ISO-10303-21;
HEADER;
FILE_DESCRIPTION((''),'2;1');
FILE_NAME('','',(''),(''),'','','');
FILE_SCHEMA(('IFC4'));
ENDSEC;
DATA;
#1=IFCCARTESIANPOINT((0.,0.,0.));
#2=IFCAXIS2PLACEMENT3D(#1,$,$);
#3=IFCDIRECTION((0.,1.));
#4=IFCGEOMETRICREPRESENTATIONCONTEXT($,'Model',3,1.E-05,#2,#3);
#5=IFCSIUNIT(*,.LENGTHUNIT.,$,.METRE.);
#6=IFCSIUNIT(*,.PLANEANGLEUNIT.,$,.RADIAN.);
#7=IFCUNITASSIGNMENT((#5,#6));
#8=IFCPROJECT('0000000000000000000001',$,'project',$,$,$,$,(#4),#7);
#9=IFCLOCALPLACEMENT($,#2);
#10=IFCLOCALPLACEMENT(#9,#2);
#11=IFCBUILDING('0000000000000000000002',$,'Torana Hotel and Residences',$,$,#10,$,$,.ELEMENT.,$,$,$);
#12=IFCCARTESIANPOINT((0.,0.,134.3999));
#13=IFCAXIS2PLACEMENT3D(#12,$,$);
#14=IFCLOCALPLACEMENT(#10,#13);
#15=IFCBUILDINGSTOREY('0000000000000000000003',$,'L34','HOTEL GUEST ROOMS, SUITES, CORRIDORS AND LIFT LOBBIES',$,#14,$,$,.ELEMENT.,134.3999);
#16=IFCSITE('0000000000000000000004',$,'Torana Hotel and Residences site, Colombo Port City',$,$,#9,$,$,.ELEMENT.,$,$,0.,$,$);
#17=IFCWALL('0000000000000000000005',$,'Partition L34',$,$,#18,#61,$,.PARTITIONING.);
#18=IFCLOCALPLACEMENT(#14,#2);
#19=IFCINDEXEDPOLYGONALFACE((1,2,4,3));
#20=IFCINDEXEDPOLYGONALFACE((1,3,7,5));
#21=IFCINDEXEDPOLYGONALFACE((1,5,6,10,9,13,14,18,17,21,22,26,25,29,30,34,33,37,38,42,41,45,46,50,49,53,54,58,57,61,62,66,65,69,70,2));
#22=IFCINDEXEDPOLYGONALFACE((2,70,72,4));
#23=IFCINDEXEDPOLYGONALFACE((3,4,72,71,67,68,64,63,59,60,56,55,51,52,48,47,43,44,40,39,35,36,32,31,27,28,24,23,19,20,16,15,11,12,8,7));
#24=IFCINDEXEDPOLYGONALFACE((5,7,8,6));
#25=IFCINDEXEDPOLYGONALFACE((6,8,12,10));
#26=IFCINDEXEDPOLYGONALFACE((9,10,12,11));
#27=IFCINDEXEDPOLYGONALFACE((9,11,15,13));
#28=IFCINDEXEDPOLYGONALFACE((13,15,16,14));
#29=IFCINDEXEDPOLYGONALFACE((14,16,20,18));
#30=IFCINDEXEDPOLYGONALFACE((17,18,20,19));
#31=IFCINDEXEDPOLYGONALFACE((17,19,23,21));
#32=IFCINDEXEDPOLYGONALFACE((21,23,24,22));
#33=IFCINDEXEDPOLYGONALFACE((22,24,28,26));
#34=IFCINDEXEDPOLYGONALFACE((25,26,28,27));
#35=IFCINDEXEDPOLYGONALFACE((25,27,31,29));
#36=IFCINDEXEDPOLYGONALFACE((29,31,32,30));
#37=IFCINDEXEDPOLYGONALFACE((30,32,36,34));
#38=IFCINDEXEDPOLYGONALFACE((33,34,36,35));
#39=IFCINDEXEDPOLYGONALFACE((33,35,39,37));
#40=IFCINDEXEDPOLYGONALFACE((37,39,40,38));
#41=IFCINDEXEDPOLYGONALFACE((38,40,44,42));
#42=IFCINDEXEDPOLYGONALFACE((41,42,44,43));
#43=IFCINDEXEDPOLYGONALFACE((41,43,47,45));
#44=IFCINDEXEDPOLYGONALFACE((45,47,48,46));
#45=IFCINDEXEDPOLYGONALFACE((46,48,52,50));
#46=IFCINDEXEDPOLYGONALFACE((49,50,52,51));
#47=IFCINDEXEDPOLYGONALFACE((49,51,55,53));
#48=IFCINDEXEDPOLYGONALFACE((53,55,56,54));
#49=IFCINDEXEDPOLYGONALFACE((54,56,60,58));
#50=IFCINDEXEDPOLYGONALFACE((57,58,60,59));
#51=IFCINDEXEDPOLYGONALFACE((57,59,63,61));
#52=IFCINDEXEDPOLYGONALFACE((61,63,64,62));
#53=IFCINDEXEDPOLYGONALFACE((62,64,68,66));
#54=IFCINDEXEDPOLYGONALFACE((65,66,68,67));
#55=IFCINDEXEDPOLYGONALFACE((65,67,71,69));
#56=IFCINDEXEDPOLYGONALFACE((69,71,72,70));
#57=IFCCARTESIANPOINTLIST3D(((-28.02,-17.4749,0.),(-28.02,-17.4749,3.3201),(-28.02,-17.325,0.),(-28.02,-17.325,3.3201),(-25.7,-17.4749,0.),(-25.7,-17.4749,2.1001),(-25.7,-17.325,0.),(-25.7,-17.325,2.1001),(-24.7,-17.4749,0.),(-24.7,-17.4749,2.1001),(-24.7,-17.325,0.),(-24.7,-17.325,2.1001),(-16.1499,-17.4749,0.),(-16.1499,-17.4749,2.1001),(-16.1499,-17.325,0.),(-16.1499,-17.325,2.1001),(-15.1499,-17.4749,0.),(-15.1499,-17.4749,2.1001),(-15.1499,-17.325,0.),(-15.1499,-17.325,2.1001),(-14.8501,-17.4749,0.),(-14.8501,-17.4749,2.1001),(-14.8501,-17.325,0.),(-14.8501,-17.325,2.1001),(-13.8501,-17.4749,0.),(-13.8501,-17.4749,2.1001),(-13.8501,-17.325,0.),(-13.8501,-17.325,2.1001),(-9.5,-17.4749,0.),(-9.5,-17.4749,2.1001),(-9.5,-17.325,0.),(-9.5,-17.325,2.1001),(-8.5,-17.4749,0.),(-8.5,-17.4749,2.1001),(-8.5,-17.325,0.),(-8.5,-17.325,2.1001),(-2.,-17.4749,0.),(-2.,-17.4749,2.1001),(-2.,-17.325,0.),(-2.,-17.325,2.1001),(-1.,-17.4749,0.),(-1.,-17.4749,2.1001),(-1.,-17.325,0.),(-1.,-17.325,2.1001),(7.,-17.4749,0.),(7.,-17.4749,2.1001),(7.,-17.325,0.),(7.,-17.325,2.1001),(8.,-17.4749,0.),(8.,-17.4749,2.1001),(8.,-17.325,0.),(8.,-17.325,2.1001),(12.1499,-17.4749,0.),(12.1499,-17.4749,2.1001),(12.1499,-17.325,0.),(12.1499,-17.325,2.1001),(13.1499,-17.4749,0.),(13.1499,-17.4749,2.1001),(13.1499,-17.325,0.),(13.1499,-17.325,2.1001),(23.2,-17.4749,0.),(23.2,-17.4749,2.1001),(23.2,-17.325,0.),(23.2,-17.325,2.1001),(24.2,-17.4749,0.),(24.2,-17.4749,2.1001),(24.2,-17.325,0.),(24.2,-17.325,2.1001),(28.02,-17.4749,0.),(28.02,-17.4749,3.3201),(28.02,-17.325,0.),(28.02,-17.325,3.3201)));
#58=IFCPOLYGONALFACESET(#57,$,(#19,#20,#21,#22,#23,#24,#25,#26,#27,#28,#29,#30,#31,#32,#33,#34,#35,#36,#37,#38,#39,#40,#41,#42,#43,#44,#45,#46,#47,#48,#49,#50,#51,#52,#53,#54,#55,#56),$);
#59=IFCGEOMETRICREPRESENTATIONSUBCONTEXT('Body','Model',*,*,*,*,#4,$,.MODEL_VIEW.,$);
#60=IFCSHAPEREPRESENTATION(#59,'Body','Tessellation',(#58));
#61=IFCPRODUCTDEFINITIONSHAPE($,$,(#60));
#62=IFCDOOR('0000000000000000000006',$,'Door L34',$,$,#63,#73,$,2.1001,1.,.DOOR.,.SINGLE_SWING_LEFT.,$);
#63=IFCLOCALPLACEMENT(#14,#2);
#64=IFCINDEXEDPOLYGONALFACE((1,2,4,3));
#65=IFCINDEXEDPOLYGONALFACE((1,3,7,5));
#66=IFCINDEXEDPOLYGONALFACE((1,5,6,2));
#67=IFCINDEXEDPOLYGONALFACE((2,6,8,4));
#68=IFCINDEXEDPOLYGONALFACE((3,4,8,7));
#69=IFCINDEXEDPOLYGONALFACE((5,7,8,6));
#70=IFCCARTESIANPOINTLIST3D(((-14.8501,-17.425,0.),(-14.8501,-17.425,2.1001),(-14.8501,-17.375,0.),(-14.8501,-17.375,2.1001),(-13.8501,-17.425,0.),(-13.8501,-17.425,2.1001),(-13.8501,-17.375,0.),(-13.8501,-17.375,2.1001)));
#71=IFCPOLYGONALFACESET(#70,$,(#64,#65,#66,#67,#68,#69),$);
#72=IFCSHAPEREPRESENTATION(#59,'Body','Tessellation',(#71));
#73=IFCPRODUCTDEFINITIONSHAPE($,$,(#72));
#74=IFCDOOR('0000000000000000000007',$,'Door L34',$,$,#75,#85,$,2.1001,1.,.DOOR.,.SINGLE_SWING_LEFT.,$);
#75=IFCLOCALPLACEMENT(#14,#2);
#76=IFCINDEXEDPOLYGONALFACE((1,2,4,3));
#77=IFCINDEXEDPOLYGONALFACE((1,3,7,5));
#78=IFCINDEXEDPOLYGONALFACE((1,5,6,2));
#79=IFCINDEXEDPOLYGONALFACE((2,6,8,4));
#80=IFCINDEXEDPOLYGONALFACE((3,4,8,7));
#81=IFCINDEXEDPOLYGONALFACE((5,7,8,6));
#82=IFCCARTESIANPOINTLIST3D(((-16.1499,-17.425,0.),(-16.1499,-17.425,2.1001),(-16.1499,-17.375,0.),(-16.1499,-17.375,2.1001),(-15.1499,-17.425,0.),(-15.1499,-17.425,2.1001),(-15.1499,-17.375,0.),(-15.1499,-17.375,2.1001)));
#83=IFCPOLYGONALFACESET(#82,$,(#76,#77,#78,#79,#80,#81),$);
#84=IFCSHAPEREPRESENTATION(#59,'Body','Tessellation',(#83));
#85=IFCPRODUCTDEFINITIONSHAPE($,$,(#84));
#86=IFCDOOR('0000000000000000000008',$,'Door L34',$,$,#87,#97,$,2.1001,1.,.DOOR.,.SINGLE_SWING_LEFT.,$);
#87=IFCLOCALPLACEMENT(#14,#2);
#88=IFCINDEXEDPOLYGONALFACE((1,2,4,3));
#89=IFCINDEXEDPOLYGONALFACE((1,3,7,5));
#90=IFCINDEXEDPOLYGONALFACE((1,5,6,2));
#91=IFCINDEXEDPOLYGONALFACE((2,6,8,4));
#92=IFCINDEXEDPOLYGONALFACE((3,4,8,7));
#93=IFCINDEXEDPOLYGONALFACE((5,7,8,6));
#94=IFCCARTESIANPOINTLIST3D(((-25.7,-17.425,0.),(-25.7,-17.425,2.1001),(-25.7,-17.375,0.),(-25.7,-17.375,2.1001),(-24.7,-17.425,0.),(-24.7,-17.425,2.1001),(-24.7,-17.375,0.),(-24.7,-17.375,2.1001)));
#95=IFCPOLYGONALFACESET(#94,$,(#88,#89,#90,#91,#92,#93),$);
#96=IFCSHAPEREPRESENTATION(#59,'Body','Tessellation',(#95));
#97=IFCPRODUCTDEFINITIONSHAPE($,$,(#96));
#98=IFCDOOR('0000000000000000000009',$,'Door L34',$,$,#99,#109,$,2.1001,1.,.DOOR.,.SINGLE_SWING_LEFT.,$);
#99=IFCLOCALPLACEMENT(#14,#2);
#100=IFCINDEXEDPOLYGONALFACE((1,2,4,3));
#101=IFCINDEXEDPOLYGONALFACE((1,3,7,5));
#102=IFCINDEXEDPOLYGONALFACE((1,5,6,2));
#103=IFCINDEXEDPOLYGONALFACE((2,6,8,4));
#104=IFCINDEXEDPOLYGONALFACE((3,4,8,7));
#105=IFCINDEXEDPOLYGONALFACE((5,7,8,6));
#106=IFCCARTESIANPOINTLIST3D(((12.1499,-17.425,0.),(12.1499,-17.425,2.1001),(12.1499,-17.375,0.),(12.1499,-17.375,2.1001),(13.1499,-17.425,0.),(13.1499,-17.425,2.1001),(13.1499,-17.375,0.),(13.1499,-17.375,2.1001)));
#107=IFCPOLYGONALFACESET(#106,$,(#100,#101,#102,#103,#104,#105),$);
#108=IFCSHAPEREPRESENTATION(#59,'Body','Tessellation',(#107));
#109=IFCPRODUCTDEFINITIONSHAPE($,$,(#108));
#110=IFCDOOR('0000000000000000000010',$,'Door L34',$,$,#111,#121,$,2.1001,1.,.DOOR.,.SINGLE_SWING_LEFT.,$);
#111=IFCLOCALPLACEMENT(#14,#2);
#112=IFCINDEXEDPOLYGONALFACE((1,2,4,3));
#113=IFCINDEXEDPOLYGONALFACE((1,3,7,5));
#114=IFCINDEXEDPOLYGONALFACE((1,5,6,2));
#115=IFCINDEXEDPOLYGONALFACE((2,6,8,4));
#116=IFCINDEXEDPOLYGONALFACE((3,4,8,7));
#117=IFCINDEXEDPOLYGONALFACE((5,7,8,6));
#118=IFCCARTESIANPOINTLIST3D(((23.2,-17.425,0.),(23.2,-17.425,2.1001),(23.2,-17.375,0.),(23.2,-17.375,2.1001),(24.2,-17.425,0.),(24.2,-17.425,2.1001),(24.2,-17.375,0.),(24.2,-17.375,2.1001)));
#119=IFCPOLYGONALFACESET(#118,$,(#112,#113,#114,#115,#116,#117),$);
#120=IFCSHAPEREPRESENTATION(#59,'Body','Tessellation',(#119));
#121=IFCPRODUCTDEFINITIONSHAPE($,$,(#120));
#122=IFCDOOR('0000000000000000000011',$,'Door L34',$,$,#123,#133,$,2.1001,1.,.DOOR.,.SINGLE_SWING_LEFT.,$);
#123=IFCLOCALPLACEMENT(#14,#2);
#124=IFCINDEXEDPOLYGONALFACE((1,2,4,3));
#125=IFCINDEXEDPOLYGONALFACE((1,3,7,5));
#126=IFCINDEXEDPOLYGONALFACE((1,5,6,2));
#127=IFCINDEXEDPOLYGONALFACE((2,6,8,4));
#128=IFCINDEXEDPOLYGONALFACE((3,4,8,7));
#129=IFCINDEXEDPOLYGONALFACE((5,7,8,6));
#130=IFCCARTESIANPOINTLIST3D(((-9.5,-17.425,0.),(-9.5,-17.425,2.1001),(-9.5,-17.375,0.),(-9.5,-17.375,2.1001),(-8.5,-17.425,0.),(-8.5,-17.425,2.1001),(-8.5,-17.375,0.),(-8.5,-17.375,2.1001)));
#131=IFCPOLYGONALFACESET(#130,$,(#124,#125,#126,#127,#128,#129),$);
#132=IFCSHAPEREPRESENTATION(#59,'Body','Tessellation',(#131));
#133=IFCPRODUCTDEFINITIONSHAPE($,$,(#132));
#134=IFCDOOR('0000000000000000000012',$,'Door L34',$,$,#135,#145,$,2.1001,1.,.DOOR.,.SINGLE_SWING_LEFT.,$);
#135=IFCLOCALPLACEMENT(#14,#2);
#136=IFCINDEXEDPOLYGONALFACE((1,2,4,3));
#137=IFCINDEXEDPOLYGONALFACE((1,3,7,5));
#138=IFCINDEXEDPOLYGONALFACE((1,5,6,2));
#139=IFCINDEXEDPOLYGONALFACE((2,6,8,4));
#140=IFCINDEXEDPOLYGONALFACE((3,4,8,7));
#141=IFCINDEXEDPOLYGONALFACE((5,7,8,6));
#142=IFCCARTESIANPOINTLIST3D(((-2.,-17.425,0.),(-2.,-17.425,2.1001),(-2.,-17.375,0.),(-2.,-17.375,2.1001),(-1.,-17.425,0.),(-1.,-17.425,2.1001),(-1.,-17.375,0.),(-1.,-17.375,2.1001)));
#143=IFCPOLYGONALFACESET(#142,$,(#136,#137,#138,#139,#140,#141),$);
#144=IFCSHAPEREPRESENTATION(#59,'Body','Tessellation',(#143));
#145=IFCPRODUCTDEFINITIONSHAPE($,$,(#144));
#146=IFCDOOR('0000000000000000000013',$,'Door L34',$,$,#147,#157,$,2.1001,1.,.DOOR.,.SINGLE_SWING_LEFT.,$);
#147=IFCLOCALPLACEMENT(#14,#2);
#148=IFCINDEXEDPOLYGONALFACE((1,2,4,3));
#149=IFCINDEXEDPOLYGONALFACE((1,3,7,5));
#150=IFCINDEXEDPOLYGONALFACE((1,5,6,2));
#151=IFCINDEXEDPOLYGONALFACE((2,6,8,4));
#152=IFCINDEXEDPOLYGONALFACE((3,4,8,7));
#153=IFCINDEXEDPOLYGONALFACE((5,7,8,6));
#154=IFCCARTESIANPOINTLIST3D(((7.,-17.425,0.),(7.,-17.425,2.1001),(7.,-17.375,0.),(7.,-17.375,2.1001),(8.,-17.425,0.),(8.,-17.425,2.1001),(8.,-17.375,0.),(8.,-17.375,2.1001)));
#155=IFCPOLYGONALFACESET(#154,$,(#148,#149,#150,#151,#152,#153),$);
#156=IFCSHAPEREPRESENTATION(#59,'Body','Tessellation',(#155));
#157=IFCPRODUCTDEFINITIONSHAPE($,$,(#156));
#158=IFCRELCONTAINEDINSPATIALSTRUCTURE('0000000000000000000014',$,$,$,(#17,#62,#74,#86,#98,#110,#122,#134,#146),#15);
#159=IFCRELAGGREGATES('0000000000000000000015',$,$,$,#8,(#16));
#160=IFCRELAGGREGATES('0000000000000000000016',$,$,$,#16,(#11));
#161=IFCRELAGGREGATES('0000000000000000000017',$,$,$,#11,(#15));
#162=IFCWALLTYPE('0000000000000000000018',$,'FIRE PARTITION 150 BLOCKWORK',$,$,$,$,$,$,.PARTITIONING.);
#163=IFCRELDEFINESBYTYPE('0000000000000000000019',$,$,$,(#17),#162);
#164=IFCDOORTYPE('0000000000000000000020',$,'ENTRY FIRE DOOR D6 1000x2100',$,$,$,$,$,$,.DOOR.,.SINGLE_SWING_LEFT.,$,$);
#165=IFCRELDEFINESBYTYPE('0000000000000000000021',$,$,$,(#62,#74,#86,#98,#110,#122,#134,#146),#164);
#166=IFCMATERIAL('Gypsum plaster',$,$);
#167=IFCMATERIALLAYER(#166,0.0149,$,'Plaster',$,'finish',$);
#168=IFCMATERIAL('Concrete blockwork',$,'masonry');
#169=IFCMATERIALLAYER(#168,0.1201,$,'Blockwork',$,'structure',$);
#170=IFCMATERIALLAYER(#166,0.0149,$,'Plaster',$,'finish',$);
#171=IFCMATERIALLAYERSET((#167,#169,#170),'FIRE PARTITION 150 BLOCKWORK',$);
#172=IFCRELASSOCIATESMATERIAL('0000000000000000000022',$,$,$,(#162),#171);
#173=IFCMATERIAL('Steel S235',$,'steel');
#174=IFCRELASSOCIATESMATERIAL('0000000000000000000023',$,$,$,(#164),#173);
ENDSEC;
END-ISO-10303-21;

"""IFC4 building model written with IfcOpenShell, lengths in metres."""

from ifc_helpers import new_model, si_unit, direction, frame, frame_2d, origin, place, context, subcontext, project, spatial, rectangle, extrude, material, layer, layer_set, type_object, element, fill, save


model = new_model("IFC4")

# Units and contexts
model_context = context("Model", 3, precision=1e-05, world=origin(), true_north=direction((0.0, 1.0)))
body_context = subcontext(model_context, "Body", "Model", "MODEL_VIEW")
ifc_project = project(units=[si_unit("LENGTHUNIT", "METRE"), si_unit("PLANEANGLEUNIT", "RADIAN")], contexts=[model_context])

# Site, building, storey
site_placement = place(None, origin())
site = spatial("IfcSite", under=ifc_project, at=site_placement, Name="Torana Hotel and Residences site, Colombo Port City", CompositionType="ELEMENT", RefElevation=0.0)
building_placement = place(site_placement, origin())
building = spatial("IfcBuilding", under=site, at=building_placement, Name="Torana Hotel and Residences", CompositionType="ELEMENT")
storey_placement = place(building_placement, frame((0.0, 0.0, 134.3999)))
storey = spatial("IfcBuildingStorey", under=building, at=storey_placement, Name="L34", Description="HOTEL GUEST ROOMS, SUITES, CORRIDORS AND LIFT LOBBIES", CompositionType="ELEMENT", Elevation=134.3999)

# Wall, openings, doors
ifc_material_1 = material(Name="Gypsum plaster")
ifc_layer_1 = layer(ifc_material_1, 0.0149, Name="Plaster", Category="finish")
ifc_material_2 = material(Name="Concrete blockwork", Category="masonry")
ifc_layer_2 = layer(ifc_material_2, 0.1201, Name="Blockwork", Category="structure")
ifc_layer_3 = layer(ifc_material_1, 0.0149, Name="Plaster", Category="finish")
ifc_layer_set_1 = layer_set([ifc_layer_1, ifc_layer_2, ifc_layer_3], Name="FIRE PARTITION 150 BLOCKWORK")
wall_type_1 = type_object("IfcWallType", Name="FIRE PARTITION 150 BLOCKWORK", PredefinedType="PARTITIONING", material=ifc_layer_set_1)
wall_1_placement = place(storey_placement, frame((-28.02, -17.3999, 0.0), z_axis=(0.0, 0.0, 1.0), x_axis=(1.0, 0.0, 0.0)))
wall_1 = element("IfcWall", 1, at=wall_1_placement, inside=storey, type_object=wall_type_1, Name="Partition L34", PredefinedType="PARTITIONING", context=body_context, shape_type="SweptSolid", body=[
    extrude(rectangle(XDim=56.04, YDim=0.1499, at=frame_2d((28.02, 0.0))), origin(), (0.0, 0.0, 1.0), 3.3201),
])
opening_1_placement = place(wall_1_placement, frame((13.1699, 0.0, 0.0)))
opening_1 = element("IfcOpeningElement", 2, at=opening_1_placement, cuts=wall_1, PredefinedType="OPENING", context=body_context, shape_type="SweptSolid", body=[
    extrude(rectangle(XDim=1.0, YDim=2.1001, at=frame_2d((0.5, 1.05))), frame((0.0, 0.085, 0.0), z_axis=(0.0, -1.0, 0.0), x_axis=(1.0, 0.0, 0.0)), (0.0, 0.0, 1.0), 0.1699),
])
opening_2_placement = place(wall_1_placement, frame((11.8701, 0.0, 0.0)))
opening_2 = element("IfcOpeningElement", 3, at=opening_2_placement, cuts=wall_1, PredefinedType="OPENING", context=body_context, shape_type="SweptSolid", body=[
    extrude(rectangle(XDim=1.0, YDim=2.1001, at=frame_2d((0.5, 1.05))), frame((0.0, 0.085, 0.0), z_axis=(0.0, -1.0, 0.0), x_axis=(1.0, 0.0, 0.0)), (0.0, 0.0, 1.0), 0.1699),
])
opening_3_placement = place(wall_1_placement, frame((2.3201, 0.0, 0.0)))
opening_3 = element("IfcOpeningElement", 4, at=opening_3_placement, cuts=wall_1, PredefinedType="OPENING", context=body_context, shape_type="SweptSolid", body=[
    extrude(rectangle(XDim=1.0, YDim=2.1001, at=frame_2d((0.5, 1.05))), frame((0.0, 0.085, 0.0), z_axis=(0.0, -1.0, 0.0), x_axis=(1.0, 0.0, 0.0)), (0.0, 0.0, 1.0), 0.1699),
])
opening_4_placement = place(wall_1_placement, frame((40.1699, 0.0, 0.0)))
opening_4 = element("IfcOpeningElement", 5, at=opening_4_placement, cuts=wall_1, PredefinedType="OPENING", context=body_context, shape_type="SweptSolid", body=[
    extrude(rectangle(XDim=1.0, YDim=2.1001, at=frame_2d((0.5, 1.05))), frame((0.0, 0.085, 0.0), z_axis=(0.0, -1.0, 0.0), x_axis=(1.0, 0.0, 0.0)), (0.0, 0.0, 1.0), 0.1699),
])
opening_5_placement = place(wall_1_placement, frame((51.22, 0.0, 0.0)))
opening_5 = element("IfcOpeningElement", 6, at=opening_5_placement, cuts=wall_1, PredefinedType="OPENING", context=body_context, shape_type="SweptSolid", body=[
    extrude(rectangle(XDim=1.0, YDim=2.1001, at=frame_2d((0.5, 1.05))), frame((0.0, 0.085, 0.0), z_axis=(0.0, -1.0, 0.0), x_axis=(1.0, 0.0, 0.0)), (0.0, 0.0, 1.0), 0.1699),
])
opening_6_placement = place(wall_1_placement, frame((18.52, 0.0, 0.0)))
opening_6 = element("IfcOpeningElement", 7, at=opening_6_placement, cuts=wall_1, PredefinedType="OPENING", context=body_context, shape_type="SweptSolid", body=[
    extrude(rectangle(XDim=1.0, YDim=2.1001, at=frame_2d((0.5, 1.05))), frame((0.0, 0.085, 0.0), z_axis=(0.0, -1.0, 0.0), x_axis=(1.0, 0.0, 0.0)), (0.0, 0.0, 1.0), 0.1699),
])
opening_7_placement = place(wall_1_placement, frame((26.02, 0.0, 0.0)))
opening_7 = element("IfcOpeningElement", 8, at=opening_7_placement, cuts=wall_1, PredefinedType="OPENING", context=body_context, shape_type="SweptSolid", body=[
    extrude(rectangle(XDim=1.0, YDim=2.1001, at=frame_2d((0.5, 1.05))), frame((0.0, 0.085, 0.0), z_axis=(0.0, -1.0, 0.0), x_axis=(1.0, 0.0, 0.0)), (0.0, 0.0, 1.0), 0.1699),
])
opening_8_placement = place(wall_1_placement, frame((35.02, 0.0, 0.0)))
opening_8 = element("IfcOpeningElement", 9, at=opening_8_placement, cuts=wall_1, PredefinedType="OPENING", context=body_context, shape_type="SweptSolid", body=[
    extrude(rectangle(XDim=1.0, YDim=2.1001, at=frame_2d((0.5, 1.05))), frame((0.0, 0.085, 0.0), z_axis=(0.0, -1.0, 0.0), x_axis=(1.0, 0.0, 0.0)), (0.0, 0.0, 1.0), 0.1699),
])
ifc_material_3 = material(Name="Steel S235", Category="steel")
door_type_1 = type_object("IfcDoorType", Name="ENTRY FIRE DOOR D6 1000x2100", OperationType="SINGLE_SWING_LEFT", PredefinedType="DOOR", material=ifc_material_3)
door_1_placement = place(opening_1_placement, frame((0.5, 0.0, 0.0), z_axis=(0.0, 0.0, 1.0), x_axis=(-1.0, 0.0, 0.0)))
door_1 = element("IfcDoor", 10, at=door_1_placement, inside=storey, type_object=door_type_1, Name="Door L34", OperationType="SINGLE_SWING_LEFT", OverallHeight=2.1001, OverallWidth=1.0, PredefinedType="DOOR", context=body_context, shape_type="SweptSolid", body=[
    extrude(rectangle(XDim=1.0, YDim=2.1001, at=frame_2d((0.0, 1.05))), frame((0.0, -0.0249, 0.0), z_axis=(0.0, 1.0, 0.0), x_axis=(-1.0, 0.0, 0.0)), (0.0, 0.0, 1.0), 0.05),
])
fill(opening_1, door_1)
door_2_placement = place(opening_2_placement, frame((0.5, 0.0, 0.0), z_axis=(0.0, 0.0, 1.0), x_axis=(-1.0, 0.0, 0.0)))
door_2 = element("IfcDoor", 11, at=door_2_placement, inside=storey, type_object=door_type_1, Name="Door L34", OperationType="SINGLE_SWING_LEFT", OverallHeight=2.1001, OverallWidth=1.0, PredefinedType="DOOR", context=body_context, shape_type="SweptSolid", body=[
    extrude(rectangle(XDim=1.0, YDim=2.1001, at=frame_2d((0.0, 1.05))), frame((0.0, -0.0249, 0.0), z_axis=(0.0, 1.0, 0.0), x_axis=(-1.0, 0.0, 0.0)), (0.0, 0.0, 1.0), 0.05),
])
fill(opening_2, door_2)
door_3_placement = place(opening_3_placement, frame((0.5, 0.0, 0.0), z_axis=(0.0, 0.0, 1.0), x_axis=(-1.0, 0.0, 0.0)))
door_3 = element("IfcDoor", 12, at=door_3_placement, inside=storey, type_object=door_type_1, Name="Door L34", OperationType="SINGLE_SWING_LEFT", OverallHeight=2.1001, OverallWidth=1.0, PredefinedType="DOOR", context=body_context, shape_type="SweptSolid", body=[
    extrude(rectangle(XDim=1.0, YDim=2.1001, at=frame_2d((0.0, 1.05))), frame((0.0, -0.0249, 0.0), z_axis=(0.0, 1.0, 0.0), x_axis=(-1.0, 0.0, 0.0)), (0.0, 0.0, 1.0), 0.05),
])
fill(opening_3, door_3)
door_4_placement = place(opening_4_placement, frame((0.5, 0.0, 0.0), z_axis=(0.0, 0.0, 1.0), x_axis=(-1.0, 0.0, 0.0)))
door_4 = element("IfcDoor", 13, at=door_4_placement, inside=storey, type_object=door_type_1, Name="Door L34", OperationType="SINGLE_SWING_LEFT", OverallHeight=2.1001, OverallWidth=1.0, PredefinedType="DOOR", context=body_context, shape_type="SweptSolid", body=[
    extrude(rectangle(XDim=1.0, YDim=2.1001, at=frame_2d((0.0, 1.05))), frame((0.0, -0.0249, 0.0), z_axis=(0.0, 1.0, 0.0), x_axis=(-1.0, 0.0, 0.0)), (0.0, 0.0, 1.0), 0.05),
])
fill(opening_4, door_4)
door_5_placement = place(opening_5_placement, frame((0.5, 0.0, 0.0), z_axis=(0.0, 0.0, 1.0), x_axis=(-1.0, 0.0, 0.0)))
door_5 = element("IfcDoor", 14, at=door_5_placement, inside=storey, type_object=door_type_1, Name="Door L34", OperationType="SINGLE_SWING_LEFT", OverallHeight=2.1001, OverallWidth=1.0, PredefinedType="DOOR", context=body_context, shape_type="SweptSolid", body=[
    extrude(rectangle(XDim=1.0, YDim=2.1001, at=frame_2d((0.0, 1.05))), frame((0.0, -0.0249, 0.0), z_axis=(0.0, 1.0, 0.0), x_axis=(-1.0, 0.0, 0.0)), (0.0, 0.0, 1.0), 0.05),
])
fill(opening_5, door_5)
door_6_placement = place(opening_6_placement, frame((0.5, 0.0, 0.0), z_axis=(0.0, 0.0, 1.0), x_axis=(-1.0, 0.0, 0.0)))
door_6 = element("IfcDoor", 15, at=door_6_placement, inside=storey, type_object=door_type_1, Name="Door L34", OperationType="SINGLE_SWING_LEFT", OverallHeight=2.1001, OverallWidth=1.0, PredefinedType="DOOR", context=body_context, shape_type="SweptSolid", body=[
    extrude(rectangle(XDim=1.0, YDim=2.1001, at=frame_2d((0.0, 1.05))), frame((0.0, -0.0249, 0.0), z_axis=(0.0, 1.0, 0.0), x_axis=(-1.0, 0.0, 0.0)), (0.0, 0.0, 1.0), 0.05),
])
fill(opening_6, door_6)
door_7_placement = place(opening_7_placement, frame((0.5, 0.0, 0.0), z_axis=(0.0, 0.0, 1.0), x_axis=(-1.0, 0.0, 0.0)))
door_7 = element("IfcDoor", 16, at=door_7_placement, inside=storey, type_object=door_type_1, Name="Door L34", OperationType="SINGLE_SWING_LEFT", OverallHeight=2.1001, OverallWidth=1.0, PredefinedType="DOOR", context=body_context, shape_type="SweptSolid", body=[
    extrude(rectangle(XDim=1.0, YDim=2.1001, at=frame_2d((0.0, 1.05))), frame((0.0, -0.0249, 0.0), z_axis=(0.0, 1.0, 0.0), x_axis=(-1.0, 0.0, 0.0)), (0.0, 0.0, 1.0), 0.05),
])
fill(opening_7, door_7)
door_8_placement = place(opening_8_placement, frame((0.5, 0.0, 0.0), z_axis=(0.0, 0.0, 1.0), x_axis=(-1.0, 0.0, 0.0)))
door_8 = element("IfcDoor", 17, at=door_8_placement, inside=storey, type_object=door_type_1, Name="Door L34", OperationType="SINGLE_SWING_LEFT", OverallHeight=2.1001, OverallWidth=1.0, PredefinedType="DOOR", context=body_context, shape_type="SweptSolid", body=[
    extrude(rectangle(XDim=1.0, YDim=2.1001, at=frame_2d((0.0, 1.05))), frame((0.0, -0.0249, 0.0), z_axis=(0.0, 1.0, 0.0), x_axis=(-1.0, 0.0, 0.0)), (0.0, 0.0, 1.0), 0.05),
])
fill(opening_8, door_8)

save(model, "model.ifc")
